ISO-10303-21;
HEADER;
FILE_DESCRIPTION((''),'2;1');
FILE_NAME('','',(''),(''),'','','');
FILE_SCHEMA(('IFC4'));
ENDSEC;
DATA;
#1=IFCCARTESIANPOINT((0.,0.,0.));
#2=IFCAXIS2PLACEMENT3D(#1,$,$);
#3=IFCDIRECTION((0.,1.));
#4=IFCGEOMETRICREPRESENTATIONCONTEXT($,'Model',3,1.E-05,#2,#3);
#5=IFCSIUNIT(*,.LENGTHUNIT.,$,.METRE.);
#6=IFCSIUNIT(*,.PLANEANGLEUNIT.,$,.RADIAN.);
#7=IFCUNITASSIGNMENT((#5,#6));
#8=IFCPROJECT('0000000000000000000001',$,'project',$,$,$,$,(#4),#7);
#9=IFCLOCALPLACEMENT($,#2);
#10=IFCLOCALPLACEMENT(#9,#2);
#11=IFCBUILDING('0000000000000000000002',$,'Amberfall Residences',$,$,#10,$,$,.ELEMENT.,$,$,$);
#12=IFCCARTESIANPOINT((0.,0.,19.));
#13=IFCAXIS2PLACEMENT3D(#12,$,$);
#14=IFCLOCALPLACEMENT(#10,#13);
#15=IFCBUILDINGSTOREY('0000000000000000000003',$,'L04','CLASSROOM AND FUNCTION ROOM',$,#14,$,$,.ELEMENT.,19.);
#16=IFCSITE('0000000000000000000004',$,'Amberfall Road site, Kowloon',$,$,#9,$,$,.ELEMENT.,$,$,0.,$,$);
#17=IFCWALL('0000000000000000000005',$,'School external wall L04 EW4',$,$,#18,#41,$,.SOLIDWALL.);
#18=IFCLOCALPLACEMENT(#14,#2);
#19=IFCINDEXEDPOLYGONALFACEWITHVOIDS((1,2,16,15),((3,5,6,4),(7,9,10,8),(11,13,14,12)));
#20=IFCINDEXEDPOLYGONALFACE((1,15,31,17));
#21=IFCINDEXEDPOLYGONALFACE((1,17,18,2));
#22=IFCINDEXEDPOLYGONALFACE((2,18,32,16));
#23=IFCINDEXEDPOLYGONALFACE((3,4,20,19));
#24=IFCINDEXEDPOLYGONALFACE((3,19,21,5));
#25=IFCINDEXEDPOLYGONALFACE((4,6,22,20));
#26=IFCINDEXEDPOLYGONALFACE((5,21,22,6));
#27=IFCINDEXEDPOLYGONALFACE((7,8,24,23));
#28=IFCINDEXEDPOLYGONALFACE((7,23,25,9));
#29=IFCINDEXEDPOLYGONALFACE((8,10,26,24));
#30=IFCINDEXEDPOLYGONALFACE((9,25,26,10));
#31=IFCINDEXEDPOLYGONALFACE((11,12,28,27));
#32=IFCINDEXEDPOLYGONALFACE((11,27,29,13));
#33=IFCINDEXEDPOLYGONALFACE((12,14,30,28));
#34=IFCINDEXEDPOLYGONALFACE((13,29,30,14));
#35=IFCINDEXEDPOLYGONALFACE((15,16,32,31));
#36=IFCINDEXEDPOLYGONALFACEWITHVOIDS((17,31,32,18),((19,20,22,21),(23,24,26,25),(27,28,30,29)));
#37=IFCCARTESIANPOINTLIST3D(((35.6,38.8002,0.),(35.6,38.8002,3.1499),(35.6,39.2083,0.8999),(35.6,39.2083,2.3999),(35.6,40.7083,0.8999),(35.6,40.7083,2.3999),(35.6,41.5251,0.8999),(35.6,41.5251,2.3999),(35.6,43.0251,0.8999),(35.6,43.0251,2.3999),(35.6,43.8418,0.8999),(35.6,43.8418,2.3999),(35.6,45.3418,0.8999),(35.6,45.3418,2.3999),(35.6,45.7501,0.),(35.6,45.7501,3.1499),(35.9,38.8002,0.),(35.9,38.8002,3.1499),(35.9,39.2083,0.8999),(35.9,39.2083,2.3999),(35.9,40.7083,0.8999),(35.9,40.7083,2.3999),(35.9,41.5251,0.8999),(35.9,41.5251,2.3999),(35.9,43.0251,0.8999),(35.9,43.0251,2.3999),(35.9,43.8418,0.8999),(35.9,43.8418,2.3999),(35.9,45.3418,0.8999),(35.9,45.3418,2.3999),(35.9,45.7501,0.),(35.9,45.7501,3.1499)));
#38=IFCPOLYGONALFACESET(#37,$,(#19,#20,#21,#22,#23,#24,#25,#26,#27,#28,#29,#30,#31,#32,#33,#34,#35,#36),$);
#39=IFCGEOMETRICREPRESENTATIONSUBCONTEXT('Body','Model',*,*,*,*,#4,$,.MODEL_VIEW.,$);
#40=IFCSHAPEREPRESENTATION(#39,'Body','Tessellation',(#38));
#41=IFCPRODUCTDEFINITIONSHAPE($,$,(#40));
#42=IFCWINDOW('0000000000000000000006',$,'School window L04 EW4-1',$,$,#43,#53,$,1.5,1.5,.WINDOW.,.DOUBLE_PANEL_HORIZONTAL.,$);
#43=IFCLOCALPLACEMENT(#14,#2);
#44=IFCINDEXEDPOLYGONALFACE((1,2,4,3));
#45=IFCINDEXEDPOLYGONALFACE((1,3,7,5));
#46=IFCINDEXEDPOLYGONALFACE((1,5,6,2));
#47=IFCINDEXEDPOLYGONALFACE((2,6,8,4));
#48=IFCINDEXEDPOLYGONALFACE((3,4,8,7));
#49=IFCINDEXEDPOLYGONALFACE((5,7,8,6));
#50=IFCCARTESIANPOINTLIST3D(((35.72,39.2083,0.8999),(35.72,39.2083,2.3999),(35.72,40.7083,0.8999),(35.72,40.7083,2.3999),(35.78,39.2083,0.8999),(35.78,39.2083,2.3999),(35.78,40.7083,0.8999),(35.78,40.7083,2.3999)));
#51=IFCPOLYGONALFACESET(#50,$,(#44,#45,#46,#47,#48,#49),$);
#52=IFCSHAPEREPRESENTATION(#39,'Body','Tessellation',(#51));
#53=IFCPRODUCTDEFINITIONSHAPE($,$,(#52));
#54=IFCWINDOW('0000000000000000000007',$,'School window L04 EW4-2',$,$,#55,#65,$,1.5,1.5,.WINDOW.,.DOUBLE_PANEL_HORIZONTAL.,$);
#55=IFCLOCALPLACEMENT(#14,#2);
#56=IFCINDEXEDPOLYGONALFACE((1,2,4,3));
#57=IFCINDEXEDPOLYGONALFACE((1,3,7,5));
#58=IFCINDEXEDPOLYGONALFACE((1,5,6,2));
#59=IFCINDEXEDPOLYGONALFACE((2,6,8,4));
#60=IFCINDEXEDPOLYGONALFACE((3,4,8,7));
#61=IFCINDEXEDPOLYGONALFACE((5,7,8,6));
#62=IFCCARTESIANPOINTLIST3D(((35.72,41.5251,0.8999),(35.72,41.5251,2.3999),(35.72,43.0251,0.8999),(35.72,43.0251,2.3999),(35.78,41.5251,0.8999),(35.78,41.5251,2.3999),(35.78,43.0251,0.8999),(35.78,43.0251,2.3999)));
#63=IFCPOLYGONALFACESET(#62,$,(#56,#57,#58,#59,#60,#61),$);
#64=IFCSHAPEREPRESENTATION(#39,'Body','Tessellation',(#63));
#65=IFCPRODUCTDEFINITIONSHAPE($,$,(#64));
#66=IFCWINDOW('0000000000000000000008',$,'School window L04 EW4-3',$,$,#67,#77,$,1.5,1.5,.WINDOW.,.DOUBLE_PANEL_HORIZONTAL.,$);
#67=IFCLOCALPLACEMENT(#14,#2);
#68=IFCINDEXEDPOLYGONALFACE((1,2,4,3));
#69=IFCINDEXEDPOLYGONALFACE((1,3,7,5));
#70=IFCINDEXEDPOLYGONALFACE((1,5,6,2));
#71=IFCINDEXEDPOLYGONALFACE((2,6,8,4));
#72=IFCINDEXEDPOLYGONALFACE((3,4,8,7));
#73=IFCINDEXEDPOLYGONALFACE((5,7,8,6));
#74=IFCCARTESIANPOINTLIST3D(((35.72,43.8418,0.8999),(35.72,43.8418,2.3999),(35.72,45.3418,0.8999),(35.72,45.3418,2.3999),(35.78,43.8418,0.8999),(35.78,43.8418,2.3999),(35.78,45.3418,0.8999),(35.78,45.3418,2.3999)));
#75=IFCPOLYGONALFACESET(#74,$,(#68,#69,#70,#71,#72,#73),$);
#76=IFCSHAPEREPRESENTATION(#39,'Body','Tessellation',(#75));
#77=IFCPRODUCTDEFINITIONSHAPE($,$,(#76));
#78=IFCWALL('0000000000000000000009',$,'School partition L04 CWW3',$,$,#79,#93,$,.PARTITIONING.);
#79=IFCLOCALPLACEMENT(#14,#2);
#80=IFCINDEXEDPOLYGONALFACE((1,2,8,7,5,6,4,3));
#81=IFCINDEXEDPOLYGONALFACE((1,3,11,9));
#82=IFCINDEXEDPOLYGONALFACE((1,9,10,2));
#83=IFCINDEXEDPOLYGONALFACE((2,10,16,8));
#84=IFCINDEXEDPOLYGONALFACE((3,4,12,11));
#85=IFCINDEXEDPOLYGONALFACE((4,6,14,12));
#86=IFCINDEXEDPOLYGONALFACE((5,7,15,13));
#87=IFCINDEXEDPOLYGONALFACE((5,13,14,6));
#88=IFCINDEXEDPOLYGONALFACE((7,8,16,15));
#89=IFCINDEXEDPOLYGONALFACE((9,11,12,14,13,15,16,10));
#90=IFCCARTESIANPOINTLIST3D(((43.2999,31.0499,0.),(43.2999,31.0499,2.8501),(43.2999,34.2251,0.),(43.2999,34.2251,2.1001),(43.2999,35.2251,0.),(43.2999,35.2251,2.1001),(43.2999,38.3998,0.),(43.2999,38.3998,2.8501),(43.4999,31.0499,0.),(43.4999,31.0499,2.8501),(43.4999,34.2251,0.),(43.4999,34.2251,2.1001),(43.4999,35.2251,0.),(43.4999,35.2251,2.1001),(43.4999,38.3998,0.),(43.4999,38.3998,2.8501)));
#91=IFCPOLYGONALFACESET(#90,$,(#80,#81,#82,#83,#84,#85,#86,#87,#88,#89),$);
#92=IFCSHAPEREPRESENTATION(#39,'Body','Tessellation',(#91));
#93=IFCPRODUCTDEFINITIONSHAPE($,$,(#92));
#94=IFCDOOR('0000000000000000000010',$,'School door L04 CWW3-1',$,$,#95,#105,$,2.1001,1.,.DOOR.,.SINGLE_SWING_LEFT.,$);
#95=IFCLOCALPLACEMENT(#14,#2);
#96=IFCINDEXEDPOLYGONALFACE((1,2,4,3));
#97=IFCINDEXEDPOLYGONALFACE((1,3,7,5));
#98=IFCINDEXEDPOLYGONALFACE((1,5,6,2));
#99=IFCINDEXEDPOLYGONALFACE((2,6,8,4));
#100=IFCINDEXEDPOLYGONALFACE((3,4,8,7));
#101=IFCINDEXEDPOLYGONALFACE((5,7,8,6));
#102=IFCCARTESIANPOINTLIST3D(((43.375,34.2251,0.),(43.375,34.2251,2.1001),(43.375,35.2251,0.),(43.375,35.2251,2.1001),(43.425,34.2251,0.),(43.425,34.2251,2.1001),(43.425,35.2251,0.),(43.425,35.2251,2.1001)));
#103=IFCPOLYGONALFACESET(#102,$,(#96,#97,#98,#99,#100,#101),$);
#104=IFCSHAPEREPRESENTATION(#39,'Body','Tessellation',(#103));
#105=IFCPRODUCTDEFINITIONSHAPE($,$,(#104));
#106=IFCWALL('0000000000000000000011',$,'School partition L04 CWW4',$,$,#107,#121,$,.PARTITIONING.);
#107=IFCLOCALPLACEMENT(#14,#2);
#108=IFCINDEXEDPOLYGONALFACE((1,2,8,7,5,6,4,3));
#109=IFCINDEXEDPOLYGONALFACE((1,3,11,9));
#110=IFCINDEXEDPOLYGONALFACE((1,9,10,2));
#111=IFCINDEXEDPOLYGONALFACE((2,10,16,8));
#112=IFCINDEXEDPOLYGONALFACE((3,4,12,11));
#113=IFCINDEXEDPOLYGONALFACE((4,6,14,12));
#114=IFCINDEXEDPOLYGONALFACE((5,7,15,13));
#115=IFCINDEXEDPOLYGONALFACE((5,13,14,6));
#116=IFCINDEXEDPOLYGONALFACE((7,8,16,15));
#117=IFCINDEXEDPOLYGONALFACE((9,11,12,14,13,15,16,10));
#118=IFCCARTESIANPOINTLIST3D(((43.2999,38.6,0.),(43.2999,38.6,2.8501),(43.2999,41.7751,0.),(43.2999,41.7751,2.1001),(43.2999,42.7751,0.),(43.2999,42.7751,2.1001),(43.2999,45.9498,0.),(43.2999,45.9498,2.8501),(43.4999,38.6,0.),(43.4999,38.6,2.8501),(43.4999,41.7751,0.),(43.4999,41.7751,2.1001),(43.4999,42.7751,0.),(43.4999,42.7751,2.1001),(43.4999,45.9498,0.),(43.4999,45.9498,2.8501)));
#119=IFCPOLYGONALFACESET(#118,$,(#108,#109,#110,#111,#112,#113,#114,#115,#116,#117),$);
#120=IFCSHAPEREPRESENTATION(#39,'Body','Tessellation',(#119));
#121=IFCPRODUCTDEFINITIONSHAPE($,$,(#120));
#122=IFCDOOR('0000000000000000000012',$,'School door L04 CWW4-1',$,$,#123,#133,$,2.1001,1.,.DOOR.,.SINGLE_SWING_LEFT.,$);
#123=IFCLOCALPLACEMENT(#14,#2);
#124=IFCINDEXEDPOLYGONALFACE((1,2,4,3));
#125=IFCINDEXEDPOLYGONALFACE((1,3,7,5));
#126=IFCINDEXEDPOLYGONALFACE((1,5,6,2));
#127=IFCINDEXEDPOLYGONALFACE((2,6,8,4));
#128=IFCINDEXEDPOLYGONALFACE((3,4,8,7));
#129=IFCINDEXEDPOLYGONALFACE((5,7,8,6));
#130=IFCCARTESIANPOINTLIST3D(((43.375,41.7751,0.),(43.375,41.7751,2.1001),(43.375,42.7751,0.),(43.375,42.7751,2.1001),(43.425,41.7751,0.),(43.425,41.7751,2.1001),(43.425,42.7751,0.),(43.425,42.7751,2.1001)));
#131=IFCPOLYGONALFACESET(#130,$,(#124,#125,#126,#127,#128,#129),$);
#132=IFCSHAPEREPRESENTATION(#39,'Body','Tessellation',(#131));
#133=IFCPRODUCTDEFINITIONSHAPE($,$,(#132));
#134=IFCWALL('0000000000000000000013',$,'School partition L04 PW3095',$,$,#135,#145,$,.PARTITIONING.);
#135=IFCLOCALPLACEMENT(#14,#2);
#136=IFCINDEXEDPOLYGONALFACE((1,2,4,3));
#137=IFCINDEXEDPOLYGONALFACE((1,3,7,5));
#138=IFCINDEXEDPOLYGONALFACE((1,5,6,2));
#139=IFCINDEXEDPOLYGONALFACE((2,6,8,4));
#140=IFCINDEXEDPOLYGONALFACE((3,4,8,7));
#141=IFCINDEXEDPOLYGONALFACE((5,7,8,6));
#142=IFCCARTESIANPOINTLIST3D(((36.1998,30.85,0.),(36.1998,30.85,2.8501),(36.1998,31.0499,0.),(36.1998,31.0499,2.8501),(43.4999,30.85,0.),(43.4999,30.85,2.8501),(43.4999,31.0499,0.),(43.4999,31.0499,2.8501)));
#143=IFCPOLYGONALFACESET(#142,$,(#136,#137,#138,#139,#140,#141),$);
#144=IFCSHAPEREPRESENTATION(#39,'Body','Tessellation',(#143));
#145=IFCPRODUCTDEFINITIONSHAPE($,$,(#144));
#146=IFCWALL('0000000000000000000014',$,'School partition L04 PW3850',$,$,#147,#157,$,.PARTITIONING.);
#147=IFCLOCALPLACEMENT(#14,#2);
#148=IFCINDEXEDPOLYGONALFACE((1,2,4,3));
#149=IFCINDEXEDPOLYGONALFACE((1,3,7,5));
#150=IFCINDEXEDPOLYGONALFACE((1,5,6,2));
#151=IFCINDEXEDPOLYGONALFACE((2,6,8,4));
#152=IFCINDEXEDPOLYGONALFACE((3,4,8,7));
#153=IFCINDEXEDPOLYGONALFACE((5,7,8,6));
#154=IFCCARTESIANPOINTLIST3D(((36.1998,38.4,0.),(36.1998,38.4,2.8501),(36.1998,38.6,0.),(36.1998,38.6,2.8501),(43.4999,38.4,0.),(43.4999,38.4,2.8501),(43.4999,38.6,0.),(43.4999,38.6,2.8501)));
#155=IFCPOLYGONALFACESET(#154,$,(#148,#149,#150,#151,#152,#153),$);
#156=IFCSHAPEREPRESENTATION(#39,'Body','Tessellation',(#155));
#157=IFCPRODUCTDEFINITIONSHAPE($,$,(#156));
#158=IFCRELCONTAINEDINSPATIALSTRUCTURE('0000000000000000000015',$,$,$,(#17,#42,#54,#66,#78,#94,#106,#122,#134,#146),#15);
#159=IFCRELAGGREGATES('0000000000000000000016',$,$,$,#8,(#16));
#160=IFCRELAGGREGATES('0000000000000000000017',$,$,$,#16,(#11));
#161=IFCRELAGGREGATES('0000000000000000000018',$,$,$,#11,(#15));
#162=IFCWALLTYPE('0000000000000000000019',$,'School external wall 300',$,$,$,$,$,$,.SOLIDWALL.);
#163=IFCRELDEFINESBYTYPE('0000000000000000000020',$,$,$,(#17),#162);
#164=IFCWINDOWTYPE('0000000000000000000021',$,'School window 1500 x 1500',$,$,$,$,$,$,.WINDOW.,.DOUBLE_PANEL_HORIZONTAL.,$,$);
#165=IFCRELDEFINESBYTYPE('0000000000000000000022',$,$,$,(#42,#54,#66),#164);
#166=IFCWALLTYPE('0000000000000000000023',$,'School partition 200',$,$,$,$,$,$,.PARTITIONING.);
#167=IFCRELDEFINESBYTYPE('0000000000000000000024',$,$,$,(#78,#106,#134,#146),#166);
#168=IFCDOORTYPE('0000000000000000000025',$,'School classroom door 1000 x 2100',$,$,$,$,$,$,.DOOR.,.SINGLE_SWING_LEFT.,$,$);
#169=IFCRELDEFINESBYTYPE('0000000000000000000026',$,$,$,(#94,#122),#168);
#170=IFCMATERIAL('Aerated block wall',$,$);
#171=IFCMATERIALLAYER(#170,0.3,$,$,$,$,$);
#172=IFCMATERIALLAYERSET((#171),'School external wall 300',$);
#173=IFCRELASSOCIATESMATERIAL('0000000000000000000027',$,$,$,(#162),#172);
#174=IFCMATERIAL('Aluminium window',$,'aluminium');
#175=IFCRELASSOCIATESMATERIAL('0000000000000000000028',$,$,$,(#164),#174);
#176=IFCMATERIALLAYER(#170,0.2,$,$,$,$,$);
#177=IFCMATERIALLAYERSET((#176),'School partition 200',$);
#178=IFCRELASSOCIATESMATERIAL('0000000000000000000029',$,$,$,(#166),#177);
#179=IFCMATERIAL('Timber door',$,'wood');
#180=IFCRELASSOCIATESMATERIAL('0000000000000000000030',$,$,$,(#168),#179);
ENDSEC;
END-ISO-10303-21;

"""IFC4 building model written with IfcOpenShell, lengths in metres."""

from ifc_helpers import new_model, si_unit, direction, frame, frame_2d, origin, place, context, subcontext, project, spatial, rectangle, extrude, material, layer, layer_set, type_object, element, fill, save


model = new_model("IFC4")

# Units and contexts
model_context = context("Model", 3, precision=1e-05, world=origin(), true_north=direction((0.0, 1.0)))
body_context = subcontext(model_context, "Body", "Model", "MODEL_VIEW")
ifc_project = project(units=[si_unit("LENGTHUNIT", "METRE"), si_unit("PLANEANGLEUNIT", "RADIAN")], contexts=[model_context])

# Site, building, storey
site_placement = place(None, origin())
site = spatial("IfcSite", under=ifc_project, at=site_placement, Name="Amberfall Road site, Kowloon", CompositionType="ELEMENT", RefElevation=0.0)
building_placement = place(site_placement, origin())
building = spatial("IfcBuilding", under=site, at=building_placement, Name="Amberfall Residences", CompositionType="ELEMENT")
storey_placement = place(building_placement, frame((0.0, 0.0, 19.0)))
storey = spatial("IfcBuildingStorey", under=building, at=storey_placement, Name="L04", Description="CLASSROOM AND FUNCTION ROOM", CompositionType="ELEMENT", Elevation=19.0)

# Wall, openings, windows
ifc_material_1 = material(Name="Aerated block wall")
ifc_layer_1 = layer(ifc_material_1, 0.3)
ifc_layer_set_1 = layer_set([ifc_layer_1], Name="School external wall 300")
wall_type_1 = type_object("IfcWallType", Name="School external wall 300", PredefinedType="SOLIDWALL", material=ifc_layer_set_1)
ifc_material_2 = material(Name="Aluminium window", Category="aluminium")
window_type = type_object("IfcWindowType", Name="School window 1500 x 1500", PartitioningType="DOUBLE_PANEL_HORIZONTAL", PredefinedType="WINDOW", material=ifc_material_2)
wall_1_placement = place(storey_placement, frame((35.75, 38.8, 0.0), z_axis=(0.0, 0.0, 1.0), x_axis=(0.0, 1.0, 0.0)))
wall_1 = element("IfcWall", 1, at=wall_1_placement, inside=storey, type_object=wall_type_1, Name="School external wall L04 EW4", PredefinedType="SOLIDWALL", context=body_context, shape_type="SweptSolid", body=[
    extrude(rectangle(XDim=6.95, YDim=0.3, at=frame_2d((3.4751, 0.0))), origin(), (0.0, 0.0, 1.0), 3.1499),
])
opening_1_placement = place(wall_1_placement, frame((0.4082, 0.0, 0.8999)))
opening_1 = element("IfcOpeningElement", 2, at=opening_1_placement, cuts=wall_1, PredefinedType="OPENING", context=body_context, shape_type="SweptSolid", body=[
    extrude(rectangle(XDim=1.5, YDim=1.5, at=frame_2d((0.75, 0.75))), frame((0.0, 0.1599, 0.0), z_axis=(0.0, -1.0, 0.0), x_axis=(1.0, 0.0, 0.0)), (0.0, 0.0, 1.0), 0.3201),
])
opening_2_placement = place(wall_1_placement, frame((2.7251, 0.0, 0.8999)))
opening_2 = element("IfcOpeningElement", 3, at=opening_2_placement, cuts=wall_1, PredefinedType="OPENING", context=body_context, shape_type="SweptSolid", body=[
    extrude(rectangle(XDim=1.5, YDim=1.5, at=frame_2d((0.75, 0.75))), frame((0.0, 0.1599, 0.0), z_axis=(0.0, -1.0, 0.0), x_axis=(1.0, 0.0, 0.0)), (0.0, 0.0, 1.0), 0.3201),
])
opening_3_placement = place(wall_1_placement, frame((5.0417, 0.0, 0.8999)))
opening_3 = element("IfcOpeningElement", 4, at=opening_3_placement, cuts=wall_1, PredefinedType="OPENING", context=body_context, shape_type="SweptSolid", body=[
    extrude(rectangle(XDim=1.5, YDim=1.5, at=frame_2d((0.75, 0.75))), frame((0.0, 0.1599, 0.0), z_axis=(0.0, -1.0, 0.0), x_axis=(1.0, 0.0, 0.0)), (0.0, 0.0, 1.0), 0.3201),
])
window_1_placement = place(opening_1_placement, origin())
window_1 = element("IfcWindow", 5, at=window_1_placement, inside=storey, type_object=window_type, Name="School window L04 EW4-1", OverallHeight=1.5, OverallWidth=1.5, PartitioningType="DOUBLE_PANEL_HORIZONTAL", PredefinedType="WINDOW", context=body_context, shape_type="SweptSolid", body=[
    extrude(rectangle(XDim=1.5, YDim=1.5, at=frame_2d((0.75, 0.75))), frame((0.0, 0.03, 0.0), z_axis=(0.0, -1.0, 0.0), x_axis=(1.0, 0.0, 0.0)), (0.0, 0.0, 1.0), 0.0601),
])
fill(opening_1, window_1)
window_2_placement = place(opening_2_placement, origin())
window_2 = element("IfcWindow", 6, at=window_2_placement, inside=storey, type_object=window_type, Name="School window L04 EW4-2", OverallHeight=1.5, OverallWidth=1.5, PartitioningType="DOUBLE_PANEL_HORIZONTAL", PredefinedType="WINDOW", context=body_context, shape_type="SweptSolid", body=[
    extrude(rectangle(XDim=1.5, YDim=1.5, at=frame_2d((0.75, 0.75))), frame((0.0, 0.03, 0.0), z_axis=(0.0, -1.0, 0.0), x_axis=(1.0, 0.0, 0.0)), (0.0, 0.0, 1.0), 0.0601),
])
fill(opening_2, window_2)
window_3_placement = place(opening_3_placement, origin())
window_3 = element("IfcWindow", 7, at=window_3_placement, inside=storey, type_object=window_type, Name="School window L04 EW4-3", OverallHeight=1.5, OverallWidth=1.5, PartitioningType="DOUBLE_PANEL_HORIZONTAL", PredefinedType="WINDOW", context=body_context, shape_type="SweptSolid", body=[
    extrude(rectangle(XDim=1.5, YDim=1.5, at=frame_2d((0.75, 0.75))), frame((0.0, 0.03, 0.0), z_axis=(0.0, -1.0, 0.0), x_axis=(1.0, 0.0, 0.0)), (0.0, 0.0, 1.0), 0.0601),
])
fill(opening_3, window_3)

# Walls, openings, doors
ifc_layer_2 = layer(ifc_material_1, 0.2)
ifc_layer_set_2 = layer_set([ifc_layer_2], Name="School partition 200")
wall_type_2 = type_object("IfcWallType", Name="School partition 200", PredefinedType="PARTITIONING", material=ifc_layer_set_2)
wall_2_placement = place(storey_placement, frame((43.3999, 31.05, 0.0), z_axis=(0.0, 0.0, 1.0), x_axis=(0.0, 1.0, 0.0)))
wall_2 = element("IfcWall", 8, at=wall_2_placement, inside=storey, type_object=wall_type_2, Name="School partition L04 CWW3", PredefinedType="PARTITIONING", context=body_context, shape_type="SweptSolid", body=[
    extrude(rectangle(XDim=7.3499, YDim=0.2, at=frame_2d((3.6748, 0.0))), origin(), (0.0, 0.0, 1.0), 2.8501),
])
opening_4_placement = place(wall_2_placement, frame((3.175, 0.0, 0.0)))
opening_4 = element("IfcOpeningElement", 9, at=opening_4_placement, cuts=wall_2, PredefinedType="OPENING", context=body_context, shape_type="SweptSolid", body=[
    extrude(rectangle(XDim=1.0, YDim=2.1001, at=frame_2d((0.5, 1.05))), frame((0.0, 0.1099, 0.0), z_axis=(0.0, -1.0, 0.0), x_axis=(1.0, 0.0, 0.0)), (0.0, 0.0, 1.0), 0.22),
])
ifc_material_3 = material(Name="Timber door", Category="wood")
door_type_1 = type_object("IfcDoorType", Name="School classroom door 1000 x 2100", OperationType="SINGLE_SWING_LEFT", PredefinedType="DOOR", material=ifc_material_3)
door_1_placement = place(opening_4_placement, origin())
door_1 = element("IfcDoor", 10, at=door_1_placement, inside=storey, type_object=door_type_1, Name="School door L04 CWW3-1", OperationType="SINGLE_SWING_LEFT", OverallHeight=2.1001, OverallWidth=1.0, PredefinedType="DOOR", context=body_context, shape_type="SweptSolid", body=[
    extrude(rectangle(XDim=1.0, YDim=2.1001, at=frame_2d((0.5, 1.05))), frame((0.0, 0.0249, 0.0), z_axis=(0.0, -1.0, 0.0), x_axis=(1.0, 0.0, 0.0)), (0.0, 0.0, 1.0), 0.05),
])
fill(opening_4, door_1)
wall_3_placement = place(storey_placement, frame((43.3999, 38.6001, 0.0), z_axis=(0.0, 0.0, 1.0), x_axis=(0.0, 1.0, 0.0)))
wall_3 = element("IfcWall", 11, at=wall_3_placement, inside=storey, type_object=wall_type_2, Name="School partition L04 CWW4", PredefinedType="PARTITIONING", context=body_context, shape_type="SweptSolid", body=[
    extrude(rectangle(XDim=7.3499, YDim=0.2, at=frame_2d((3.6748, 0.0))), origin(), (0.0, 0.0, 1.0), 2.8501),
])
opening_5_placement = place(wall_3_placement, frame((3.175, 0.0, 0.0)))
opening_5 = element("IfcOpeningElement", 12, at=opening_5_placement, cuts=wall_3, PredefinedType="OPENING", context=body_context, shape_type="SweptSolid", body=[
    extrude(rectangle(XDim=1.0, YDim=2.1001, at=frame_2d((0.5, 1.05))), frame((0.0, 0.1099, 0.0), z_axis=(0.0, -1.0, 0.0), x_axis=(1.0, 0.0, 0.0)), (0.0, 0.0, 1.0), 0.22),
])
door_2_placement = place(opening_5_placement, origin())
door_2 = element("IfcDoor", 13, at=door_2_placement, inside=storey, type_object=door_type_1, Name="School door L04 CWW4-1", OperationType="SINGLE_SWING_LEFT", OverallHeight=2.1001, OverallWidth=1.0, PredefinedType="DOOR", context=body_context, shape_type="SweptSolid", body=[
    extrude(rectangle(XDim=1.0, YDim=2.1001, at=frame_2d((0.5, 1.05))), frame((0.0, 0.0249, 0.0), z_axis=(0.0, -1.0, 0.0), x_axis=(1.0, 0.0, 0.0)), (0.0, 0.0, 1.0), 0.05),
])
fill(opening_5, door_2)

# Walls
for number, where, z_axis, x_axis, name in (
    (14, (36.2, 30.95, 0.0), (0.0, 0.0, 1.0), (1.0, 0.0, 0.0), "School partition L04 PW3095"),
    (15, (36.2, 38.5, 0.0), (0.0, 0.0, 1.0), (1.0, 0.0, 0.0), "School partition L04 PW3850"),
):
    element("IfcWall", number, at=place(storey_placement, frame(where, z_axis=z_axis, x_axis=x_axis)), inside=storey, type_object=wall_type_2, Name=name, PredefinedType="PARTITIONING", context=body_context, shape_type="SweptSolid", body=[
        extrude(rectangle(XDim=7.3, YDim=0.2, at=frame_2d((3.6499, 0.0))), origin(), (0.0, 0.0, 1.0), 2.8501),
    ])

save(model, "model.ifc")
